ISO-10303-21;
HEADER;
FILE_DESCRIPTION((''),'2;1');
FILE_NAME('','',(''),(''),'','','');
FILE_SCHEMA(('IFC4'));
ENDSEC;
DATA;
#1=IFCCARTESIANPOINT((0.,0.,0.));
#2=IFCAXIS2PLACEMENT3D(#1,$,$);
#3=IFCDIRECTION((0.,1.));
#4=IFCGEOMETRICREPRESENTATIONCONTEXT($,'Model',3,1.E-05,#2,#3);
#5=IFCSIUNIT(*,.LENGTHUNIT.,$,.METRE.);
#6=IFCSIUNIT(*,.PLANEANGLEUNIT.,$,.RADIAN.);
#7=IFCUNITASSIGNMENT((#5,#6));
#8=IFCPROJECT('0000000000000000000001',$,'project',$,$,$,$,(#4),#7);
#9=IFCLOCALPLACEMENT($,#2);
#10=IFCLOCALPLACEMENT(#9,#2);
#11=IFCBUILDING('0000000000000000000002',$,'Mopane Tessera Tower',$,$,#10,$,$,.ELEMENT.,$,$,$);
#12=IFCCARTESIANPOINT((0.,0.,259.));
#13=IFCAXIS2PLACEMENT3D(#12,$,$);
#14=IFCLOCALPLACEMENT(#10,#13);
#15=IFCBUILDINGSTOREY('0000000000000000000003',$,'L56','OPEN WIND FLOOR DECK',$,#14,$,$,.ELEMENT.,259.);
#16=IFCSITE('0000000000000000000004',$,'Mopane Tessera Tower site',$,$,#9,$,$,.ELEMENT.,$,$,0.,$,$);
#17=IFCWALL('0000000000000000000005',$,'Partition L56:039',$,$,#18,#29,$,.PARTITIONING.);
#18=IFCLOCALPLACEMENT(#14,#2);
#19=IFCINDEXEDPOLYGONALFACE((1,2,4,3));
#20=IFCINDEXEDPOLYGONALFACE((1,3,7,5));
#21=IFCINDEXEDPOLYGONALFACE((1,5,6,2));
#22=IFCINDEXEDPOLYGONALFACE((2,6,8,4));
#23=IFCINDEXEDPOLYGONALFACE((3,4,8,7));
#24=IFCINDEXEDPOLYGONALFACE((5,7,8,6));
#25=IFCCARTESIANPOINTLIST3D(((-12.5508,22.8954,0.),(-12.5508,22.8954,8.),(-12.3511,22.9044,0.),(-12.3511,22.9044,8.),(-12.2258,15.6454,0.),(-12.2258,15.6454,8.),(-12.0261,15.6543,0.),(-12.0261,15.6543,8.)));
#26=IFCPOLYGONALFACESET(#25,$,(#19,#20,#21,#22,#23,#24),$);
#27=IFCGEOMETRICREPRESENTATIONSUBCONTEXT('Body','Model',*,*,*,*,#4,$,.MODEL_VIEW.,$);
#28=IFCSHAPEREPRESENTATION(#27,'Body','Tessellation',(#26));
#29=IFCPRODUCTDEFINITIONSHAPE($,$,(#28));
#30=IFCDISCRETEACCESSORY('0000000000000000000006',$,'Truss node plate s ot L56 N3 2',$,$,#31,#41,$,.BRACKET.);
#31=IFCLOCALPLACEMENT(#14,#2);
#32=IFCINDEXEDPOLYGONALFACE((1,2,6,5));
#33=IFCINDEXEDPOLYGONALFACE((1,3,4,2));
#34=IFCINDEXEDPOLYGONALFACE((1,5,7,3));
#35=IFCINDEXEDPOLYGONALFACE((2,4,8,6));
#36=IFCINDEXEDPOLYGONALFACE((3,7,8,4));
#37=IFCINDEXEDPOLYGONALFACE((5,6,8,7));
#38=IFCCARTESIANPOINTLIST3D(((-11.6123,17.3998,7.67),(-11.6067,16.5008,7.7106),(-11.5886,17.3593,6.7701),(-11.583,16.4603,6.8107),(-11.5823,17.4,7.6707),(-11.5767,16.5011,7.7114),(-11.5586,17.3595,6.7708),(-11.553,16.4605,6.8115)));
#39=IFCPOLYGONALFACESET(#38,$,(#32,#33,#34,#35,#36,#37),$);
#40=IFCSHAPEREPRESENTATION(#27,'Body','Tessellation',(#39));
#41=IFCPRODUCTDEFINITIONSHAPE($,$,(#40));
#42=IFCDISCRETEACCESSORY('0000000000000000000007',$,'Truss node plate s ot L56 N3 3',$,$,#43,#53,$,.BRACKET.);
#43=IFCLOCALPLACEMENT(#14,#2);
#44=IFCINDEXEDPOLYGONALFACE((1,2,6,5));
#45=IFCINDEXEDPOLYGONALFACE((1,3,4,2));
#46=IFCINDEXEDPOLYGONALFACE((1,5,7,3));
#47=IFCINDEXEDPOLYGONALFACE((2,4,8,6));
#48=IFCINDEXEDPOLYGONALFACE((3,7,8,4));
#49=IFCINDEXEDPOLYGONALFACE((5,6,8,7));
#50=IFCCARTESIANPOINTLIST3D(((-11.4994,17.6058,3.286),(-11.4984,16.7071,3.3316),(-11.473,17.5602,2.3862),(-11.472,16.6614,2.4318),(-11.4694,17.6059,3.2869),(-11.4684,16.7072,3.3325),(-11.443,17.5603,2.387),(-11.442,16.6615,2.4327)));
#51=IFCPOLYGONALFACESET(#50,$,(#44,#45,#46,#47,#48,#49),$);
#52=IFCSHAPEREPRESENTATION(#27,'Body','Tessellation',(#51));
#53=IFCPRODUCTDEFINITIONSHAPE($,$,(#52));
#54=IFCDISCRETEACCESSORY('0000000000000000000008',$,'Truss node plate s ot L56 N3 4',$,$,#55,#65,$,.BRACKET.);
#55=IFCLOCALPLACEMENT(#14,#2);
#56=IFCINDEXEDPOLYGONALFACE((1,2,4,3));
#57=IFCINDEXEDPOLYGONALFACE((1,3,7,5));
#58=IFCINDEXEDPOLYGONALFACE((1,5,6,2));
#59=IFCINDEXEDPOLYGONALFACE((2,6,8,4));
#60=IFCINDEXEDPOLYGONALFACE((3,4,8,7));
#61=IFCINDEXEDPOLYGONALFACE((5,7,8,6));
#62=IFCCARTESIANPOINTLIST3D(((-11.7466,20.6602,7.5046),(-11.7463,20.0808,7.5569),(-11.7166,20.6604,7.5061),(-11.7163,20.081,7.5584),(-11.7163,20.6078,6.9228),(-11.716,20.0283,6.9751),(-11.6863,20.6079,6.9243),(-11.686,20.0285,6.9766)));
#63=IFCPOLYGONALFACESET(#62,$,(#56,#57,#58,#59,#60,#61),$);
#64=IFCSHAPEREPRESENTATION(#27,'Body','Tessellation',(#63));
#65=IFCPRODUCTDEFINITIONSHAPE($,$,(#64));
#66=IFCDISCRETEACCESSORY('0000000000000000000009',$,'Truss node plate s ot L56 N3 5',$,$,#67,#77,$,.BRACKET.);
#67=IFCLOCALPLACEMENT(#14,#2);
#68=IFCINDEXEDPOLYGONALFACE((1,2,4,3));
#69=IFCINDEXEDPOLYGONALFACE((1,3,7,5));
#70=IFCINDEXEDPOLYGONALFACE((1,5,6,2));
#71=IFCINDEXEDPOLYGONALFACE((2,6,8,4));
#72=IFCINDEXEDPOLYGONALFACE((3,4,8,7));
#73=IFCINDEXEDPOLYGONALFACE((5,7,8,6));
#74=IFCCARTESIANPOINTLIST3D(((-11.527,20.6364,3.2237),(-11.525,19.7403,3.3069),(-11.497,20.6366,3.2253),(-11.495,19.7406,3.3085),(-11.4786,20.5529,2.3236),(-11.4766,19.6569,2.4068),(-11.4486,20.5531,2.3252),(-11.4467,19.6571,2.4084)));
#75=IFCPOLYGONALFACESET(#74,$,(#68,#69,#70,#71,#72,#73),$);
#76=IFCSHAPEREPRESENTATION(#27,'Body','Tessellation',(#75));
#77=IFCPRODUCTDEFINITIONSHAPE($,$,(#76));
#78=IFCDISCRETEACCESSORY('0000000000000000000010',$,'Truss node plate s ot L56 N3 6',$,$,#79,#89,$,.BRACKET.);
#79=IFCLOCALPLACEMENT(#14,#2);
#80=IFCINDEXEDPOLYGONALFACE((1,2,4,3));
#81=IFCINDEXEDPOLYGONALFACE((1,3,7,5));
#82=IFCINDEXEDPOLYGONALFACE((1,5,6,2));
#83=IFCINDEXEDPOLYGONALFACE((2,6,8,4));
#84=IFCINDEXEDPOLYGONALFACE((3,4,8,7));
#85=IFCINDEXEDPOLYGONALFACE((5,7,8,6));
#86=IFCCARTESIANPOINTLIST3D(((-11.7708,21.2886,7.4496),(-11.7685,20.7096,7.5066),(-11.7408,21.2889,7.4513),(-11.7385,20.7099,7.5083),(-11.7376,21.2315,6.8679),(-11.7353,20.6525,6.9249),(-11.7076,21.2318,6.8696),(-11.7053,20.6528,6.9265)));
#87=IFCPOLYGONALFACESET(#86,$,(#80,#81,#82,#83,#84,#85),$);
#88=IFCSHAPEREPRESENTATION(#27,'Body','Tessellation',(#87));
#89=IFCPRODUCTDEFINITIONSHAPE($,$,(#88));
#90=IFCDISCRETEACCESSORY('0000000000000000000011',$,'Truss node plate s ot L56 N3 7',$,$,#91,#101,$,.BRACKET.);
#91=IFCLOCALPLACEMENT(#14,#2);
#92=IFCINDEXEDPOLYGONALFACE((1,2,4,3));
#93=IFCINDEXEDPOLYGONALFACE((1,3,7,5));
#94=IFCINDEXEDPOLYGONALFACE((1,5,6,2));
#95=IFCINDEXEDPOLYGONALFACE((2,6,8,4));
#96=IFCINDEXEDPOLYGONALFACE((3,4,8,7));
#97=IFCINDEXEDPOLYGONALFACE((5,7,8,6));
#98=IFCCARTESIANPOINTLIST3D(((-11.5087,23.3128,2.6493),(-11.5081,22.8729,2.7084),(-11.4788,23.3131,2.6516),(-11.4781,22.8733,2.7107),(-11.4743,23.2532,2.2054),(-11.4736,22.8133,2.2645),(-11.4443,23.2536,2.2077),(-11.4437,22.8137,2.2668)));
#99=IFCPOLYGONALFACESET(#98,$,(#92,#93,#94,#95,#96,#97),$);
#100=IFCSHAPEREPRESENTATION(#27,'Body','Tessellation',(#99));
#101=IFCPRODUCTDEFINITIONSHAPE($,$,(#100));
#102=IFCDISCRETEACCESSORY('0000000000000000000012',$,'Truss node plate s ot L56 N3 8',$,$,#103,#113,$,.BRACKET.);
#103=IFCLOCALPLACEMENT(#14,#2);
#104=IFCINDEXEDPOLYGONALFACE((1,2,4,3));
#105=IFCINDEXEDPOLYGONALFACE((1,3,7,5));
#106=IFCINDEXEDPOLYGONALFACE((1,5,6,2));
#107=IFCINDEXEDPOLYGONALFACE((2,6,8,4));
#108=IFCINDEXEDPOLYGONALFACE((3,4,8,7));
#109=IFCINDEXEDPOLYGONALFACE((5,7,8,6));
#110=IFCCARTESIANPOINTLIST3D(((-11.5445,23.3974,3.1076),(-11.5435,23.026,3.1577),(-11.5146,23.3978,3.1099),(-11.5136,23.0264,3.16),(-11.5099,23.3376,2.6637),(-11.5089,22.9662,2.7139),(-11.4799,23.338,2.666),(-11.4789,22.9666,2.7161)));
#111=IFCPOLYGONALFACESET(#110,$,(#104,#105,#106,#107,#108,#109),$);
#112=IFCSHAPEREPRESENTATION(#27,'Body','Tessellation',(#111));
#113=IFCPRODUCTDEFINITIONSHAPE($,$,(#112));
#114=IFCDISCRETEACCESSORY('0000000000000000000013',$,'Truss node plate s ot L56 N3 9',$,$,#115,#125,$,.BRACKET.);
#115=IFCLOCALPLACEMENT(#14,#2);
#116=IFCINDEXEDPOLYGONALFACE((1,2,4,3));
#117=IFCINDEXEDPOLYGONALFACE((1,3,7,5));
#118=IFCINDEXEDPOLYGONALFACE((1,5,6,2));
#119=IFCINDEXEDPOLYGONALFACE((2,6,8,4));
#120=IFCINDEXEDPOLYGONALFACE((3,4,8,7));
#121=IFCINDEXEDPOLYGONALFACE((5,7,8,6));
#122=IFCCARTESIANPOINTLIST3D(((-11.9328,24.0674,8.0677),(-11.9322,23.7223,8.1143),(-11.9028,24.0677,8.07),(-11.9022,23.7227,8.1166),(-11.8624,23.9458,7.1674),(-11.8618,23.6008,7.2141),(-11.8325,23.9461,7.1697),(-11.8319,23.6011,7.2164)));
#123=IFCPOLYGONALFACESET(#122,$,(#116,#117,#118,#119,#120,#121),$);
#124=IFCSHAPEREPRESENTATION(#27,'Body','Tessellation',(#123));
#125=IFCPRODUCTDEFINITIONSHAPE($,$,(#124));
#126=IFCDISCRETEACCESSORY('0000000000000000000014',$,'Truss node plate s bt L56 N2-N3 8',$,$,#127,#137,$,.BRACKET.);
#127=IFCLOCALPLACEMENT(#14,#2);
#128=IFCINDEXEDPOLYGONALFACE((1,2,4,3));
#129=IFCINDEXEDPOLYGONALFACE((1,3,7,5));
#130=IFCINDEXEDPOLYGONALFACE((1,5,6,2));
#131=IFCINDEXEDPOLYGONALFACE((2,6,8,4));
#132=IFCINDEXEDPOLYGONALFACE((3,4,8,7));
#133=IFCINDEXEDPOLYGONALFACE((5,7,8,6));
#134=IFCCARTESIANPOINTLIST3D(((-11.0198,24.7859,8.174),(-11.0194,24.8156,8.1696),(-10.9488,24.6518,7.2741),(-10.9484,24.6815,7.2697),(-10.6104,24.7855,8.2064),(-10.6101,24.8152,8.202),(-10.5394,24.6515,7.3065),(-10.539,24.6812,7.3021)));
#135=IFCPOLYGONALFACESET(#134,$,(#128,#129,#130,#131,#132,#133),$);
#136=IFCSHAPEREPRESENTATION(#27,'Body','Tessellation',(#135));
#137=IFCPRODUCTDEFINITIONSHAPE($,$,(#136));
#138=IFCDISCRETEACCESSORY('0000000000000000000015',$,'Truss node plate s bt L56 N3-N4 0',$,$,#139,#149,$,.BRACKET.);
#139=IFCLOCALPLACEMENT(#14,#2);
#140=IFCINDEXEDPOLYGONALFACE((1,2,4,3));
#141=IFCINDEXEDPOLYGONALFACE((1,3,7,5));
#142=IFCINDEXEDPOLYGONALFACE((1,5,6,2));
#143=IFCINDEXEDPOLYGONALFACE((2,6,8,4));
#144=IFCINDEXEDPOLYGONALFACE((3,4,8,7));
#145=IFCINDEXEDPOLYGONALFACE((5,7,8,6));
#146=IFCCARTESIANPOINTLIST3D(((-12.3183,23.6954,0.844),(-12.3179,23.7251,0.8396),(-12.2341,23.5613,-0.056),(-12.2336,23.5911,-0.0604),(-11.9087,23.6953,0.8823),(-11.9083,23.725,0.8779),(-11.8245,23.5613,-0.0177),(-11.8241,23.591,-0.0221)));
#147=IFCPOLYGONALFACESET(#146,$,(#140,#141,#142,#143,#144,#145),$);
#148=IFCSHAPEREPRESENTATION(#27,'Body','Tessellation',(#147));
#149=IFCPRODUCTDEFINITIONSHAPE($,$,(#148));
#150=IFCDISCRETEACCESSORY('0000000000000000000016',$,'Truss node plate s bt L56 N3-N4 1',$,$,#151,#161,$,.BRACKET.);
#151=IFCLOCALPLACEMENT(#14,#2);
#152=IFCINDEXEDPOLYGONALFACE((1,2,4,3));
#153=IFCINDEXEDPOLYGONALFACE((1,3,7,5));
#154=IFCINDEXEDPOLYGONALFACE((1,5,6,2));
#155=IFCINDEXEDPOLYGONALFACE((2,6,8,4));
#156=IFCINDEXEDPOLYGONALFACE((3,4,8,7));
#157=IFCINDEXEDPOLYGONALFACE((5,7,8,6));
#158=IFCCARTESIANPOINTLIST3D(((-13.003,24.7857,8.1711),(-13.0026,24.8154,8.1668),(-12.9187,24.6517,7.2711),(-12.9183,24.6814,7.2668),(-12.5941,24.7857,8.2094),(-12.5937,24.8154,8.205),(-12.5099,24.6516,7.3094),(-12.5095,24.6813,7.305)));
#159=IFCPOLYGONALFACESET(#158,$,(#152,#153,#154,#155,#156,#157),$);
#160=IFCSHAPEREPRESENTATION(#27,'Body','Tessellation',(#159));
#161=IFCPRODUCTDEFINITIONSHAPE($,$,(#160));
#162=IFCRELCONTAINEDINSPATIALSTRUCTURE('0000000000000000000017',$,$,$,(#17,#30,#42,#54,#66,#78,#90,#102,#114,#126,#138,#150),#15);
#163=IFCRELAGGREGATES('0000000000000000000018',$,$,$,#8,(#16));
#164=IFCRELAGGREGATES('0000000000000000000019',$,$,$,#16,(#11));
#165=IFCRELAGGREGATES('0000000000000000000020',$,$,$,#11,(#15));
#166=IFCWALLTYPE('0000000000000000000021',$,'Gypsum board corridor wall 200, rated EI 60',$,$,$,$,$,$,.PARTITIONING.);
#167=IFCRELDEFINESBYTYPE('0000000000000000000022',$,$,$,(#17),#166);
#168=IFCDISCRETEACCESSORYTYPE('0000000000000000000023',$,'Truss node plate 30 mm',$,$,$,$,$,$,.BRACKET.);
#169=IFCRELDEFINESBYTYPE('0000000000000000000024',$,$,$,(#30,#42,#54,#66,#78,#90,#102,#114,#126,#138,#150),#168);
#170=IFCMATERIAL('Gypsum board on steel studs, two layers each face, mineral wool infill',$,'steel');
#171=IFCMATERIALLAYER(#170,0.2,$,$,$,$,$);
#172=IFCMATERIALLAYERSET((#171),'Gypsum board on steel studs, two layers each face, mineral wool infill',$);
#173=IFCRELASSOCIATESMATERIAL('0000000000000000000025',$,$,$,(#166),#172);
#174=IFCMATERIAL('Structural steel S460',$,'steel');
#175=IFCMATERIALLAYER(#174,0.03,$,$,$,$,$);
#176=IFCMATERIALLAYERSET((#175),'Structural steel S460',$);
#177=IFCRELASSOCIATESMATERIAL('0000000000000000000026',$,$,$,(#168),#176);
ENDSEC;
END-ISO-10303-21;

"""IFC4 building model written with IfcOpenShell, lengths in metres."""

from ifc_helpers import new_model, si_unit, direction, frame, frame_2d, origin, origin_2d, place, context, subcontext, project, spatial, rectangle, extrude, material, layer, layer_set, type_object, element, save


model = new_model("IFC4")

# Units and contexts
model_context = context("Model", 3, precision=1e-05, world=origin(), true_north=direction((0.0, 1.0)))
body_context = subcontext(model_context, "Body", "Model", "MODEL_VIEW")
ifc_project = project(units=[si_unit("LENGTHUNIT", "METRE"), si_unit("PLANEANGLEUNIT", "RADIAN")], contexts=[model_context])

# Site, building, storey
site_placement = place(None, origin())
site = spatial("IfcSite", under=ifc_project, at=site_placement, Name="Mopane Tessera Tower site", CompositionType="ELEMENT", RefElevation=0.0)
building_placement = place(site_placement, origin())
building = spatial("IfcBuilding", under=site, at=building_placement, Name="Mopane Tessera Tower", CompositionType="ELEMENT")
storey_placement = place(building_placement, frame((0.0, 0.0, 259.0)))
storey = spatial("IfcBuildingStorey", under=building, at=storey_placement, Name="L56", Description="OPEN WIND FLOOR DECK", CompositionType="ELEMENT", Elevation=259.0)

# Wall
ifc_material_1 = material(Name="Gypsum board on steel studs, two layers each face, mineral wool infill", Category="steel")
ifc_layer_1 = layer(ifc_material_1, 0.2)
ifc_layer_set_1 = layer_set([ifc_layer_1], Name="Gypsum board on steel studs, two layers each face, mineral wool infill")
wall_type = type_object("IfcWallType", Name="Gypsum board corridor wall 200, rated EI 60", PredefinedType="PARTITIONING", material=ifc_layer_set_1)
wall_placement = place(storey_placement, frame((-12.4509, 22.8999, 0.0), z_axis=(0.0, 0.0, 1.0), x_axis=(0.044776, -0.998997, 0.0)))
element("IfcWall", 1, at=wall_placement, inside=storey, type_object=wall_type, Name="Partition L56:039", PredefinedType="PARTITIONING", context=body_context, shape_type="SweptSolid", body=[
    extrude(rectangle(XDim=7.2573, YDim=0.2, at=frame_2d((3.6287, 0.0))), origin(), (0.0, 0.0, 1.0), 8.0),
])

# Discrete accessories
ifc_material_2 = material(Name="Structural steel S460", Category="steel")
ifc_layer_2 = layer(ifc_material_2, 0.03)
ifc_layer_set_2 = layer_set([ifc_layer_2], Name="Structural steel S460")
discrete_accessory_type = type_object("IfcDiscreteAccessoryType", Name="Truss node plate 30 mm", PredefinedType="BRACKET", material=ifc_layer_set_2)
discrete_accessory_1_placement = place(storey_placement, frame((-11.5708, 16.9099, 6.7908), z_axis=(-0.02628, 0.044974, 0.998642), x_axis=(-0.999635, -0.007408, -0.025973)))
element("IfcDiscreteAccessory", 2, at=discrete_accessory_1_placement, inside=storey, type_object=discrete_accessory_type, Name="Truss node plate s ot L56 N3 2", PredefinedType="BRACKET", context=body_context, shape_type="SweptSolid", body=[
    extrude(rectangle(XDim=0.03, YDim=0.8999, at=origin_2d()), origin(), (0.0, 0.0, 1.0), 0.9011),
])
discrete_accessory_2_placement = place(storey_placement, frame((-11.4575, 17.1108, 2.4094), z_axis=(-0.02925, 0.050646, 0.998288), x_axis=(-0.999571, -0.002634, -0.029154)))
element("IfcDiscreteAccessory", 3, at=discrete_accessory_2_placement, inside=storey, type_object=discrete_accessory_type, Name="Truss node plate s ot L56 N3 3", PredefinedType="BRACKET", context=body_context, shape_type="SweptSolid", body=[
    extrude(rectangle(XDim=0.03, YDim=0.8999, at=origin_2d()), origin(), (0.0, 0.0, 1.0), 0.9014),
])
discrete_accessory_3_placement = place(storey_placement, frame((-11.7012, 20.3181, 6.9497), z_axis=(-0.051755, 0.089737, 0.99462), x_axis=(-0.99866, -0.005196, -0.051497)))
element("IfcDiscreteAccessory", 4, at=discrete_accessory_3_placement, inside=storey, type_object=discrete_accessory_type, Name="Truss node plate s ot L56 N3 4", PredefinedType="BRACKET", context=body_context, shape_type="SweptSolid", body=[
    extrude(rectangle(XDim=0.03, YDim=0.5818, at=origin_2d()), origin(), (0.0, 0.0, 1.0), 0.585),
])
discrete_accessory_4_placement = place(storey_placement, frame((-11.4626, 20.105, 2.366), z_axis=(-0.053396, 0.09223, 0.994305), x_axis=(-0.998571, -0.007126, -0.052964)))
element("IfcDiscreteAccessory", 5, at=discrete_accessory_4_placement, inside=storey, type_object=discrete_accessory_type, Name="Truss node plate s ot L56 N3 5", PredefinedType="BRACKET", context=body_context, shape_type="SweptSolid", body=[
    extrude(rectangle(XDim=0.03, YDim=0.8999, at=origin_2d()), origin(), (0.0, 0.0, 1.0), 0.9053),
])
discrete_accessory_5_placement = place(storey_placement, frame((-11.7214, 20.9421, 6.8972), z_axis=(-0.056706, 0.097568, 0.993612), x_axis=(-0.998383, -0.009402, -0.056055)))
element("IfcDiscreteAccessory", 6, at=discrete_accessory_5_placement, inside=storey, type_object=discrete_accessory_type, Name="Truss node plate s ot L56 N3 6", PredefinedType="BRACKET", context=body_context, shape_type="SweptSolid", body=[
    extrude(rectangle(XDim=0.03, YDim=0.5818, at=origin_2d()), origin(), (0.0, 0.0, 1.0), 0.5854),
])
discrete_accessory_6_placement = place(storey_placement, frame((-11.459, 23.0334, 2.2361), z_axis=(-0.076642, 0.132629, 0.988198), x_axis=(-0.997058, -0.011574, -0.075776)))
element("IfcDiscreteAccessory", 7, at=discrete_accessory_6_placement, inside=storey, type_object=discrete_accessory_type, Name="Truss node plate s ot L56 N3 7", PredefinedType="BRACKET", context=body_context, shape_type="SweptSolid", body=[
    extrude(rectangle(XDim=0.03, YDim=0.4438, at=origin_2d()), origin(), (0.0, 0.0, 1.0), 0.4492),
])
discrete_accessory_7_placement = place(storey_placement, frame((-11.4944, 23.1521, 2.6899), z_axis=(-0.077177, 0.133158, 0.988085), x_axis=(-0.997014, -0.012969, -0.076127)))
element("IfcDiscreteAccessory", 8, at=discrete_accessory_7_placement, inside=storey, type_object=discrete_accessory_type, Name="Truss node plate s ot L56 N3 8", PredefinedType="BRACKET", context=body_context, shape_type="SweptSolid", body=[
    extrude(rectangle(XDim=0.03, YDim=0.3748, at=origin_2d()), origin(), (0.0, 0.0, 1.0), 0.4492),
])
discrete_accessory_8_placement = place(storey_placement, frame((-11.8472, 23.7734, 7.1919), z_axis=(-0.077178, 0.133454, 0.988045), x_axis=(-0.997016, -0.012045, -0.076252)))
element("IfcDiscreteAccessory", 9, at=discrete_accessory_8_placement, inside=storey, type_object=discrete_accessory_type, Name="Truss node plate s ot L56 N3 9", PredefinedType="BRACKET", context=body_context, shape_type="SweptSolid", body=[
    extrude(rectangle(XDim=0.03, YDim=0.3481, at=origin_2d()), origin(), (0.0, 0.0, 1.0), 0.9111),
])
discrete_accessory_9_placement = place(storey_placement, frame((-10.7439, 24.6665, 7.2881), z_axis=(-0.077849, 0.14687, 0.986088), x_axis=(-0.012433, -0.989155, 0.146345)))
element("IfcDiscreteAccessory", 10, at=discrete_accessory_9_placement, inside=storey, type_object=discrete_accessory_type, Name="Truss node plate s bt L56 N2-N3 8", PredefinedType="BRACKET", context=body_context, shape_type="SweptSolid", body=[
    extrude(rectangle(XDim=0.03, YDim=0.4106, at=origin_2d()), origin(), (0.0, 0.0, 1.0), 0.9126),
])
discrete_accessory_10_placement = place(storey_placement, frame((-12.0291, 23.5762, -0.0391), z_axis=(-0.092182, 0.14669, 0.984878), x_axis=(-0.013811, -0.989183, 0.146038)))
element("IfcDiscreteAccessory", 11, at=discrete_accessory_10_placement, inside=storey, type_object=discrete_accessory_type, Name="Truss node plate s bt L56 N3-N4 0", PredefinedType="BRACKET", context=body_context, shape_type="SweptSolid", body=[
    extrude(rectangle(XDim=0.03, YDim=0.4114, at=origin_2d()), origin(), (0.0, 0.0, 1.0), 0.9138),
])
discrete_accessory_11_placement = place(storey_placement, frame((-12.7141, 24.6665, 7.2881), z_axis=(-0.092182, 0.14669, 0.984878), x_axis=(-0.013796, -0.989183, 0.14604)))
element("IfcDiscreteAccessory", 12, at=discrete_accessory_11_placement, inside=storey, type_object=discrete_accessory_type, Name="Truss node plate s bt L56 N3-N4 1", PredefinedType="BRACKET", context=body_context, shape_type="SweptSolid", body=[
    extrude(rectangle(XDim=0.03, YDim=0.4106, at=origin_2d()), origin(), (0.0, 0.0, 1.0), 0.9138),
])

save(model, "model.ifc")
